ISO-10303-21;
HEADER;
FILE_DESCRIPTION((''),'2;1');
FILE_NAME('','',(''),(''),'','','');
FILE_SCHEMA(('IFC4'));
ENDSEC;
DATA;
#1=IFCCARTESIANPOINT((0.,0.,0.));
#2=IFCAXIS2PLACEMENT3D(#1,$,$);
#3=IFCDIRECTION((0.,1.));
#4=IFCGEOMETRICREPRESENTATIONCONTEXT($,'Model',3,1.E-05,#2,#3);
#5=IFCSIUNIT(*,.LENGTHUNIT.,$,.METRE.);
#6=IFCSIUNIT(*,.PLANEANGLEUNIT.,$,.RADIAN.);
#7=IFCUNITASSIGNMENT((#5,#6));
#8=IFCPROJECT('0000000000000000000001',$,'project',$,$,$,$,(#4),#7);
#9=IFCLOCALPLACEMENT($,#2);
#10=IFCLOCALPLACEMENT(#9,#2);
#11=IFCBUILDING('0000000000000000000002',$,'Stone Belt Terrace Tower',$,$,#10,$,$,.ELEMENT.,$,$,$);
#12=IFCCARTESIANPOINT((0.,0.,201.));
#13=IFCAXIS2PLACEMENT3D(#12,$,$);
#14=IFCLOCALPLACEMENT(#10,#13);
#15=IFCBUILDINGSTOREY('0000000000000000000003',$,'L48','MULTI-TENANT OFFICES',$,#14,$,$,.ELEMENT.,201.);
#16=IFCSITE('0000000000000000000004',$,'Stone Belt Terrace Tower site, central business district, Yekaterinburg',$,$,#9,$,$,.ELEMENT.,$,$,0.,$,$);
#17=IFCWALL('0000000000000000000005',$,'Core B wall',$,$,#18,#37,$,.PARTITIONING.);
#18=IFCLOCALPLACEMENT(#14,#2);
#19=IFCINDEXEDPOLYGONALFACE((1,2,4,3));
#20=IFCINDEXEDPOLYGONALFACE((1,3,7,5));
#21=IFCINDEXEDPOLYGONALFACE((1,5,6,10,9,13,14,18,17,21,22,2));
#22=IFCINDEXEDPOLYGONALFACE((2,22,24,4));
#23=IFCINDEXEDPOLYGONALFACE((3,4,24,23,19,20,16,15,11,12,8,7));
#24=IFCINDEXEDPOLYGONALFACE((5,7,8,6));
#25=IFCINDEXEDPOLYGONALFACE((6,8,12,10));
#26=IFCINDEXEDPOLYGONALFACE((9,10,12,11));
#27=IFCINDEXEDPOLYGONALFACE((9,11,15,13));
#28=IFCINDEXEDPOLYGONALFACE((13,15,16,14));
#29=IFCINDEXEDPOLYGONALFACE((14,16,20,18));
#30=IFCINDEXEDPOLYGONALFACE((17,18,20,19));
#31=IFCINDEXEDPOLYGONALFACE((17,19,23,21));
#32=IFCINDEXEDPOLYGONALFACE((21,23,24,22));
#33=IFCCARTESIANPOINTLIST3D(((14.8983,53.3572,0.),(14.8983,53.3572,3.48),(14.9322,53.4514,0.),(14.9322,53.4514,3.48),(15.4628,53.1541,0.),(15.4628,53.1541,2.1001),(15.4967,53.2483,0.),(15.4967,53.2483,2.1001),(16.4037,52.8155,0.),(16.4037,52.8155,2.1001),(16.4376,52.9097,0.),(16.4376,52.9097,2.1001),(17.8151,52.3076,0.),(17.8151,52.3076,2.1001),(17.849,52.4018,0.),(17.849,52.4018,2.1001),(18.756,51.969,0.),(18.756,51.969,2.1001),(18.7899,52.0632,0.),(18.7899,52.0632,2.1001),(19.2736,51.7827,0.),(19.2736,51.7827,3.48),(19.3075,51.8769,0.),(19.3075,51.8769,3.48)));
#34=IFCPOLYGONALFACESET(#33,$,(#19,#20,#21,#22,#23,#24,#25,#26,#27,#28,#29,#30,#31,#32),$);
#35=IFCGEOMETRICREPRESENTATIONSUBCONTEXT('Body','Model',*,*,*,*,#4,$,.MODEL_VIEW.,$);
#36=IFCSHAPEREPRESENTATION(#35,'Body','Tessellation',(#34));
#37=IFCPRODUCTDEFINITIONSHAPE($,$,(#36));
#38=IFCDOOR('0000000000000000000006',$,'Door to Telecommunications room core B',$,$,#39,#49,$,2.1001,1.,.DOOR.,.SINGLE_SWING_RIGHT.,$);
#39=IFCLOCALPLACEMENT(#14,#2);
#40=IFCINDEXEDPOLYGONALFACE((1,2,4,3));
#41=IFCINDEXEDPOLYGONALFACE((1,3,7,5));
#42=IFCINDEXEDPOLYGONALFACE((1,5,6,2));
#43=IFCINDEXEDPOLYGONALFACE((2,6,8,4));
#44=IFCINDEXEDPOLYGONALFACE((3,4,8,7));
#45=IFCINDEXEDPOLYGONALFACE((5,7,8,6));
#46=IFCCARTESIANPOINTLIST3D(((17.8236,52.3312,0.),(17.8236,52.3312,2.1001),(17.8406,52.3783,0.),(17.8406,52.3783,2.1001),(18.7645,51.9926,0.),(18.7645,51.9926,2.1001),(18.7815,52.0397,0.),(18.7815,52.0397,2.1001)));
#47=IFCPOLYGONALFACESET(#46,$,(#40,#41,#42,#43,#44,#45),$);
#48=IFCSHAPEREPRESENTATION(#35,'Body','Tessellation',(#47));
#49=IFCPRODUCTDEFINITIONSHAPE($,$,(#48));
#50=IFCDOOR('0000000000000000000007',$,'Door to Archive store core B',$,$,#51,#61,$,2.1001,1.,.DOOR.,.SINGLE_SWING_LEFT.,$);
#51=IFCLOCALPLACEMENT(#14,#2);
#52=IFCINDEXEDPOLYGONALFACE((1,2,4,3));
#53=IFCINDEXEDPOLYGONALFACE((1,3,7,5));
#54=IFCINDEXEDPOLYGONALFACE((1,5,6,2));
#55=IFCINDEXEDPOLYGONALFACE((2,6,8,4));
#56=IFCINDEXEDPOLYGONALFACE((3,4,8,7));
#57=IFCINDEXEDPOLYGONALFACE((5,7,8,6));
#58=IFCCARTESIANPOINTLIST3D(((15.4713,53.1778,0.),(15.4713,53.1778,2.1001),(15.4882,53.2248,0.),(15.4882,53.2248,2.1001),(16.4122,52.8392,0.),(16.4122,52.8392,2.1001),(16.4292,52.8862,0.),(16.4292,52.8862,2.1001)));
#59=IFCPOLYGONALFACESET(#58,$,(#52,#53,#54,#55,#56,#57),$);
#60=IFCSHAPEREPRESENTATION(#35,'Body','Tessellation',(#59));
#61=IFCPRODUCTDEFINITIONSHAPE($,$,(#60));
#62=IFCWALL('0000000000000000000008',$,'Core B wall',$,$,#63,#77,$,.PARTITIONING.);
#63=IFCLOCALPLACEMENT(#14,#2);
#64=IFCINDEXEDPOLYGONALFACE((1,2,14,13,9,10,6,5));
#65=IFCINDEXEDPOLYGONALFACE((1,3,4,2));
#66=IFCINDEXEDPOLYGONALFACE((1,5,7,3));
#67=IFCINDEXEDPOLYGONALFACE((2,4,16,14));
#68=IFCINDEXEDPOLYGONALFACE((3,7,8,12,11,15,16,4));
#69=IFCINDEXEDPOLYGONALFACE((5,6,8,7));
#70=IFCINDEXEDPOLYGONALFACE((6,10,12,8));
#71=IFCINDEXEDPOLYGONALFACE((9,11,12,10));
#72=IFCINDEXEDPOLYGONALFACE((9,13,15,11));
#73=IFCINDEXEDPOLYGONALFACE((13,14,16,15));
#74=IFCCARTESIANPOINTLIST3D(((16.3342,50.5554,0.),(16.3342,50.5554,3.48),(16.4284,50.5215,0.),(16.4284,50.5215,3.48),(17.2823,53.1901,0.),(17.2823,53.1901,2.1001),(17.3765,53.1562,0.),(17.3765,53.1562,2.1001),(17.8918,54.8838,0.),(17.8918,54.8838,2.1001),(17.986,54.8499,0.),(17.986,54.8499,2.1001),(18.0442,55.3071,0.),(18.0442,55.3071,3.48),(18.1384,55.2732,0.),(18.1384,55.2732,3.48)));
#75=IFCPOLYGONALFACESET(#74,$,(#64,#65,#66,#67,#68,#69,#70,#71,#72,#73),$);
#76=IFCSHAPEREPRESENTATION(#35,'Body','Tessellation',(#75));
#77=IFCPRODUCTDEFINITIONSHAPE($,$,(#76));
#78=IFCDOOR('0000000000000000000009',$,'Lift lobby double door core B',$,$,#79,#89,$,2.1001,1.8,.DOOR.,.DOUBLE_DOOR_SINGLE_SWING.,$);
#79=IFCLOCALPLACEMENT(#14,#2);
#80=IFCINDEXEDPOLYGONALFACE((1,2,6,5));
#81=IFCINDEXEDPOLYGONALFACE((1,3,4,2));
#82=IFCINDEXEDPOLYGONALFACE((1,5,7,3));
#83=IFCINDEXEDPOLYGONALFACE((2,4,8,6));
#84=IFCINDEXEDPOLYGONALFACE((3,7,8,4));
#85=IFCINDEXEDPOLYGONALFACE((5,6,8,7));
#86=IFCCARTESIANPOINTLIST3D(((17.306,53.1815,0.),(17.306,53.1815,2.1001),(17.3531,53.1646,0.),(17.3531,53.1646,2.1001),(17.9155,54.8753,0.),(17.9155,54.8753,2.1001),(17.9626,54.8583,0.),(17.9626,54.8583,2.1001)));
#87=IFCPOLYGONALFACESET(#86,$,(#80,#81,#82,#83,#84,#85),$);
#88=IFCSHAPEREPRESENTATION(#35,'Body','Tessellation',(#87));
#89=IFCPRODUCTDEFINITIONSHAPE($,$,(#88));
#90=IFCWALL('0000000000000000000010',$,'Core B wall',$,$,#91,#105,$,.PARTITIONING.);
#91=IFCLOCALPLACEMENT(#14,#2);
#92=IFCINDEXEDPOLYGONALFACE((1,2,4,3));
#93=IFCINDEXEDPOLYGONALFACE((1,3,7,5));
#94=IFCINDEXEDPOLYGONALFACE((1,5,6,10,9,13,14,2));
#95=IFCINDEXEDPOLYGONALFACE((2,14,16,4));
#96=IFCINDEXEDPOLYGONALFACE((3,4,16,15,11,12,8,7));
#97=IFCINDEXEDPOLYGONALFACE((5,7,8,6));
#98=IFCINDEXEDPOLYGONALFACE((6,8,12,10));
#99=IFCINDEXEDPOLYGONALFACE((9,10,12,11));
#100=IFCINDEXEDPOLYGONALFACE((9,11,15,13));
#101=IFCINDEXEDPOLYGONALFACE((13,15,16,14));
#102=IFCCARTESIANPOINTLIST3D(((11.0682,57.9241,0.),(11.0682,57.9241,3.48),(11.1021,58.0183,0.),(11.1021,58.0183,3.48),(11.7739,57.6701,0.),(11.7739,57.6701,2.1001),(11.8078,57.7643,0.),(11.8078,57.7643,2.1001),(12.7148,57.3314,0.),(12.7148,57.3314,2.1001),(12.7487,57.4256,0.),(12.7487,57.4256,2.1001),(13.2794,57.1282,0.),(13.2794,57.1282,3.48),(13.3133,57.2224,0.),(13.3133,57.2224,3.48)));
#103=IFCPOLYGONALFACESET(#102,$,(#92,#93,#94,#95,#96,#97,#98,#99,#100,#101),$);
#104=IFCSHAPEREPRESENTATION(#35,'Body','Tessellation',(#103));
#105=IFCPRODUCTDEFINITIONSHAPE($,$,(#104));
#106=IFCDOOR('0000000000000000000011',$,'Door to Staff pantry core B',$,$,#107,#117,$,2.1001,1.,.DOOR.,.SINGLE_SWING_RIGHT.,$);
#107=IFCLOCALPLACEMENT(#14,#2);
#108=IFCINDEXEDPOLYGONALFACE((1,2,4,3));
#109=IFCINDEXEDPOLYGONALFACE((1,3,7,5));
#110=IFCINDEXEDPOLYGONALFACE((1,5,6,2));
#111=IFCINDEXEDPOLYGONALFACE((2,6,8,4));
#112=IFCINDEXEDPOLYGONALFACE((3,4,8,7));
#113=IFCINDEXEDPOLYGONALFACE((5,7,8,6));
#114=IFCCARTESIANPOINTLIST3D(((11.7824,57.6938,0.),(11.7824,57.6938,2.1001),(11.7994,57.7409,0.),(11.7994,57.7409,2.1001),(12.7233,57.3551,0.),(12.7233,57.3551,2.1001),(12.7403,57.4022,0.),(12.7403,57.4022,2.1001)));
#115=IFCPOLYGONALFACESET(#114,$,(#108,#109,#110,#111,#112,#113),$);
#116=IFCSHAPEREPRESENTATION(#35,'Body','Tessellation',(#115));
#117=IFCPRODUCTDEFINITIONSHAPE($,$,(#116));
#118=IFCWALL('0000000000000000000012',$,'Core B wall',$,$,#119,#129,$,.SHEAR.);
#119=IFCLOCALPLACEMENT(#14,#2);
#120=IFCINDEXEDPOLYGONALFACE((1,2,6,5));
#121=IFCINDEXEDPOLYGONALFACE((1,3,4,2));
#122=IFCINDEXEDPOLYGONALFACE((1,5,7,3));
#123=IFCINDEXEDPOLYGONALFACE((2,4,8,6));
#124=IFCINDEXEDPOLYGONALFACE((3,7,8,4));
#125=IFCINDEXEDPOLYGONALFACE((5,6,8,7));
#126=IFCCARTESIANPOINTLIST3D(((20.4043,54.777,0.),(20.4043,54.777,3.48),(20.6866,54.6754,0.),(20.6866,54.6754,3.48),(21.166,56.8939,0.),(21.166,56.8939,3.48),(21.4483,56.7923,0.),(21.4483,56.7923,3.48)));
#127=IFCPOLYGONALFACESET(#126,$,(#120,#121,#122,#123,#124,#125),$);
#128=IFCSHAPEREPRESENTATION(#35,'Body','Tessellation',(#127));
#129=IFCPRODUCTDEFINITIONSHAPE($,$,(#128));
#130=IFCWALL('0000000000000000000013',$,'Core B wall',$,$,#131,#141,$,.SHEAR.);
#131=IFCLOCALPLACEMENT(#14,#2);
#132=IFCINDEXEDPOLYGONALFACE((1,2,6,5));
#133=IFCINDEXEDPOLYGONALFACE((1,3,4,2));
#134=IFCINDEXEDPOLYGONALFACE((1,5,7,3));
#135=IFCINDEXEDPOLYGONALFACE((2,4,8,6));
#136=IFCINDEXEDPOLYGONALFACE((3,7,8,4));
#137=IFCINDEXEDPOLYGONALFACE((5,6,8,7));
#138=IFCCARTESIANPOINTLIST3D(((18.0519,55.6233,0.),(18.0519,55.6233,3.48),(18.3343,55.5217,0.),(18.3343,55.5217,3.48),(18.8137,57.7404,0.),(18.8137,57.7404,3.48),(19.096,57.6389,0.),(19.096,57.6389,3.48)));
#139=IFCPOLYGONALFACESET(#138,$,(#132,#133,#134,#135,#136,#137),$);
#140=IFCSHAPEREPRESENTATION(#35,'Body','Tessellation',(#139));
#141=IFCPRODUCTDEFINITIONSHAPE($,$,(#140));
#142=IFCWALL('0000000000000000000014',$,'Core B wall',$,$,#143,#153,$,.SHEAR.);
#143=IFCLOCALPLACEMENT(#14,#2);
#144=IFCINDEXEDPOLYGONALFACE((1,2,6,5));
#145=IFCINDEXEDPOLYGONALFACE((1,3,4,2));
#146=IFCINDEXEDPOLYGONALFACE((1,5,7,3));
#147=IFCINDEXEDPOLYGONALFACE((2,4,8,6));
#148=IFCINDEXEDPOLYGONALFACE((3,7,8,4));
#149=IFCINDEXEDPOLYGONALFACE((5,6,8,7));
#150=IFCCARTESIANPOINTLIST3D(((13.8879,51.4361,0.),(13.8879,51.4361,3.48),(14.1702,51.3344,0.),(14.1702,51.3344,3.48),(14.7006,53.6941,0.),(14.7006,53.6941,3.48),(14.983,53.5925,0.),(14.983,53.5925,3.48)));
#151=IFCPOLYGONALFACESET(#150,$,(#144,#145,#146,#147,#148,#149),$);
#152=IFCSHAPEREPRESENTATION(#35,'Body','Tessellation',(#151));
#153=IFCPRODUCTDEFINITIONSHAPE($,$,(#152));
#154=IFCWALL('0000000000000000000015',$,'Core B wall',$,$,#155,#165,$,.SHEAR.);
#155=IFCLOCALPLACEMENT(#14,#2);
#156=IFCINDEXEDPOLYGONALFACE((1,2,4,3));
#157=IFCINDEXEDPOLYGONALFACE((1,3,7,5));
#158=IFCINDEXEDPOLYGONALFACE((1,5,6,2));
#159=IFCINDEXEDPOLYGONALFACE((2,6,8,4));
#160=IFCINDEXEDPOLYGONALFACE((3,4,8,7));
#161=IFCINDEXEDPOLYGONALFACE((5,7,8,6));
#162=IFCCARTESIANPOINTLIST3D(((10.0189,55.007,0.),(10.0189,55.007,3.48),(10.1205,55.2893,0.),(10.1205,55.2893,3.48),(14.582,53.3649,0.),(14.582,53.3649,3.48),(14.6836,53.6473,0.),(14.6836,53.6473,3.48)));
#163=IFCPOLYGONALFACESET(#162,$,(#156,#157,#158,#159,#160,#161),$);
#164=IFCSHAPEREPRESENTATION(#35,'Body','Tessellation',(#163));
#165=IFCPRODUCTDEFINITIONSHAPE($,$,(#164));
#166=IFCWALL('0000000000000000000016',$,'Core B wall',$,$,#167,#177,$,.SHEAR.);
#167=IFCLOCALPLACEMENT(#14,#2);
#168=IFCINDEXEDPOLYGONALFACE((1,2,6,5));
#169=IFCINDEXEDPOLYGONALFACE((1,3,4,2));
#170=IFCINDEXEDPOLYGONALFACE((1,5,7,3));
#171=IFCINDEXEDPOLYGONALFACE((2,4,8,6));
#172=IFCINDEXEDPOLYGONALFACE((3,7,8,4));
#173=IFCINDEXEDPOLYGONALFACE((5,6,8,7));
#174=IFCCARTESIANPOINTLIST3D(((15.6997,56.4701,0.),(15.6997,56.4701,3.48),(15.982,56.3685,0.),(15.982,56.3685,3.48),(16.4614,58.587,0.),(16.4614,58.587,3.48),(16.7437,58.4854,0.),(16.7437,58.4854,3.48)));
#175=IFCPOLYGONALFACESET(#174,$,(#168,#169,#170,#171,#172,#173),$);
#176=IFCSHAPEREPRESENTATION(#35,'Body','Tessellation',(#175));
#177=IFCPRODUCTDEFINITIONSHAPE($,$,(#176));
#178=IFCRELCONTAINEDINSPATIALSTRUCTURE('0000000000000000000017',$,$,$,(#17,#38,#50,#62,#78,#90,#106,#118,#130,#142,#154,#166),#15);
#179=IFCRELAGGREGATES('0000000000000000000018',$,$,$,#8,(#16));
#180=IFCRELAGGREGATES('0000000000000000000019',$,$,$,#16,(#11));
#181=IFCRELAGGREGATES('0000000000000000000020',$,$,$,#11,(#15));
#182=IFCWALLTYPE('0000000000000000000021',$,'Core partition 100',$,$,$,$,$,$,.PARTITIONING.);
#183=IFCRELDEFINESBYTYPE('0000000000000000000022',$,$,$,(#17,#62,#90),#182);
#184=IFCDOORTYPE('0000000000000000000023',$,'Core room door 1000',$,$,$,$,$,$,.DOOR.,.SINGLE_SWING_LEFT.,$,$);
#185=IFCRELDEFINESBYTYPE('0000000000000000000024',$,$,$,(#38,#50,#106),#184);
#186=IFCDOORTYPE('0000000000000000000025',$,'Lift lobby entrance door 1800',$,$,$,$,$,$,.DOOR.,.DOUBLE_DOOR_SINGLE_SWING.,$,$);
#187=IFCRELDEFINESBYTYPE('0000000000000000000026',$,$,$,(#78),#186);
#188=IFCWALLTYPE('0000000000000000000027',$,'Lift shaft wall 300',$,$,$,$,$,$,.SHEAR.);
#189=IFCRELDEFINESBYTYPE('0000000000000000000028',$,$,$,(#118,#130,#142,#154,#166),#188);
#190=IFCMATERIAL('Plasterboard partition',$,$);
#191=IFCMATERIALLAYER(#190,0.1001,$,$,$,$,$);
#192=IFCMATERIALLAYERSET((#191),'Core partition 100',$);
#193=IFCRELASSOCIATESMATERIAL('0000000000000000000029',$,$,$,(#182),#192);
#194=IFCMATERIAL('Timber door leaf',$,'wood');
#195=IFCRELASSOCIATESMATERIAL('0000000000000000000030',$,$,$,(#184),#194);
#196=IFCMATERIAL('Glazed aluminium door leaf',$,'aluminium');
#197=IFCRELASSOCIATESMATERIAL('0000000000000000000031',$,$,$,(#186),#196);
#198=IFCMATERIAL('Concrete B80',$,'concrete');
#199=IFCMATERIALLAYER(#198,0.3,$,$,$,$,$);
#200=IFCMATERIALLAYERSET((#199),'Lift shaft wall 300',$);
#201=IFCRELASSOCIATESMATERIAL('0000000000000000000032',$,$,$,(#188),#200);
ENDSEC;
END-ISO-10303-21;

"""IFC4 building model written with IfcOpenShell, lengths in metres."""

from ifc_helpers import new_model, si_unit, direction, frame, frame_2d, origin, place, context, subcontext, project, spatial, rectangle, extrude, material, layer, layer_set, type_object, element, fill, save


model = new_model("IFC4")

# Units and contexts
model_context = context("Model", 3, precision=1e-05, world=origin(), true_north=direction((0.0, 1.0)))
body_context = subcontext(model_context, "Body", "Model", "MODEL_VIEW")
ifc_project = project(units=[si_unit("LENGTHUNIT", "METRE"), si_unit("PLANEANGLEUNIT", "RADIAN")], contexts=[model_context])

# Site, building, storey
site_placement = place(None, origin())
site = spatial("IfcSite", under=ifc_project, at=site_placement, Name="Stone Belt Terrace Tower site, central business district, Yekaterinburg", CompositionType="ELEMENT", RefElevation=0.0)
building_placement = place(site_placement, origin())
building = spatial("IfcBuilding", under=site, at=building_placement, Name="Stone Belt Terrace Tower", CompositionType="ELEMENT")
storey_placement = place(building_placement, frame((0.0, 0.0, 201.0)))
storey = spatial("IfcBuildingStorey", under=building, at=storey_placement, Name="L48", Description="MULTI-TENANT OFFICES", CompositionType="ELEMENT", Elevation=201.0)

# Wall, openings, doors
ifc_material_1 = material(Name="Plasterboard partition")
ifc_layer_1 = layer(ifc_material_1, 0.1001)
ifc_layer_set_1 = layer_set([ifc_layer_1], Name="Core partition 100")
wall_type_1 = type_object("IfcWallType", Name="Core partition 100", PredefinedType="PARTITIONING", material=ifc_layer_set_1)
wall_1_placement = place(storey_placement, frame((19.2905, 51.8298, 0.0), z_axis=(0.0, 0.0, 1.0), x_axis=(-0.94093, 0.3386, 0.0)))
wall_1 = element("IfcWall", 1, at=wall_1_placement, inside=storey, type_object=wall_type_1, Name="Core B wall", PredefinedType="PARTITIONING", context=body_context, shape_type="SweptSolid", body=[
    extrude(rectangle(XDim=4.6499, YDim=0.1001, at=frame_2d((2.325, 0.0))), origin(), (0.0, 0.0, 1.0), 3.48),
])
opening_1_placement = place(wall_1_placement, frame((0.55, 0.0, 0.0)))
opening_1 = element("IfcOpeningElement", 2, at=opening_1_placement, cuts=wall_1, PredefinedType="OPENING", context=body_context, shape_type="SweptSolid", body=[
    extrude(rectangle(XDim=1.0, YDim=2.1001, at=frame_2d((0.5, 1.05))), frame((0.0, 0.0601, 0.0), z_axis=(0.0, -1.0, 0.0), x_axis=(1.0, 0.0, 0.0)), (0.0, 0.0, 1.0), 0.1201),
])
opening_2_placement = place(wall_1_placement, frame((3.05, 0.0, 0.0)))
opening_2 = element("IfcOpeningElement", 3, at=opening_2_placement, cuts=wall_1, PredefinedType="OPENING", context=body_context, shape_type="SweptSolid", body=[
    extrude(rectangle(XDim=1.0, YDim=2.1001, at=frame_2d((0.5, 1.05))), frame((0.0, 0.0601, 0.0), z_axis=(0.0, -1.0, 0.0), x_axis=(1.0, 0.0, 0.0)), (0.0, 0.0, 1.0), 0.1201),
])
ifc_material_2 = material(Name="Timber door leaf", Category="wood")
door_type_1 = type_object("IfcDoorType", Name="Core room door 1000", OperationType="SINGLE_SWING_LEFT", PredefinedType="DOOR", material=ifc_material_2)
door_1_placement = place(opening_1_placement, origin())
door_1 = element("IfcDoor", 4, at=door_1_placement, inside=storey, type_object=door_type_1, Name="Door to Telecommunications room core B", OperationType="SINGLE_SWING_RIGHT", OverallHeight=2.1001, OverallWidth=1.0, PredefinedType="DOOR", context=body_context, shape_type="SweptSolid", body=[
    extrude(rectangle(XDim=1.0, YDim=2.1001, at=frame_2d((0.5, 1.05))), frame((0.0, 0.0249, 0.0), z_axis=(0.0, -1.0, 0.0), x_axis=(1.0, 0.0, 0.0)), (0.0, 0.0, 1.0), 0.05),
])
fill(opening_1, door_1)
door_2_placement = place(opening_2_placement, origin())
door_2 = element("IfcDoor", 5, at=door_2_placement, inside=storey, type_object=door_type_1, Name="Door to Archive store core B", OperationType="SINGLE_SWING_LEFT", OverallHeight=2.1001, OverallWidth=1.0, PredefinedType="DOOR", context=body_context, shape_type="SweptSolid", body=[
    extrude(rectangle(XDim=1.0, YDim=2.1001, at=frame_2d((0.5, 1.05))), frame((0.0, 0.0249, 0.0), z_axis=(0.0, -1.0, 0.0), x_axis=(1.0, 0.0, 0.0)), (0.0, 0.0, 1.0), 0.05),
])
fill(opening_2, door_2)

# Walls, openings, doors
wall_2_placement = place(storey_placement, frame((16.3813, 50.5386, 0.0), z_axis=(0.0, 0.0, 1.0), x_axis=(0.338605, 0.940929, 0.0)))
wall_2 = element("IfcWall", 6, at=wall_2_placement, inside=storey, type_object=wall_type_1, Name="Core B wall", PredefinedType="PARTITIONING", context=body_context, shape_type="SweptSolid", body=[
    extrude(rectangle(XDim=5.05, YDim=0.1001, at=frame_2d((2.5249, 0.0))), origin(), (0.0, 0.0, 1.0), 3.48),
])
opening_3_placement = place(wall_2_placement, frame((2.8, 0.0, 0.0)))
opening_3 = element("IfcOpeningElement", 7, at=opening_3_placement, cuts=wall_2, PredefinedType="OPENING", context=body_context, shape_type="SweptSolid", body=[
    extrude(rectangle(XDim=1.8, YDim=2.1001, at=frame_2d((0.8999, 1.05))), frame((0.0, 0.0601, 0.0), z_axis=(0.0, -1.0, 0.0), x_axis=(1.0, 0.0, 0.0)), (0.0, 0.0, 1.0), 0.1201),
])
ifc_material_3 = material(Name="Glazed aluminium door leaf", Category="aluminium")
door_type_2 = type_object("IfcDoorType", Name="Lift lobby entrance door 1800", OperationType="DOUBLE_DOOR_SINGLE_SWING", PredefinedType="DOOR", material=ifc_material_3)
door_3_placement = place(opening_3_placement, origin())
door_3 = element("IfcDoor", 8, at=door_3_placement, inside=storey, type_object=door_type_2, Name="Lift lobby double door core B", OperationType="DOUBLE_DOOR_SINGLE_SWING", OverallHeight=2.1001, OverallWidth=1.8, PredefinedType="DOOR", context=body_context, shape_type="SweptSolid", body=[
    extrude(rectangle(XDim=1.8, YDim=2.1001, at=frame_2d((0.8999, 1.05))), frame((0.0, 0.0249, 0.0), z_axis=(0.0, -1.0, 0.0), x_axis=(1.0, 0.0, 0.0)), (0.0, 0.0, 1.0), 0.05),
])
fill(opening_3, door_3)
wall_3_placement = place(storey_placement, frame((13.2964, 57.1753, 0.0), z_axis=(0.0, 0.0, 1.0), x_axis=(-0.940905, 0.338672, 0.0)))
wall_3 = element("IfcWall", 9, at=wall_3_placement, inside=storey, type_object=wall_type_1, Name="Core B wall", PredefinedType="PARTITIONING", context=body_context, shape_type="SweptSolid", body=[
    extrude(rectangle(XDim=2.3501, YDim=0.1001, at=frame_2d((1.175, 0.0))), origin(), (0.0, 0.0, 1.0), 3.48),
])
opening_4_placement = place(wall_3_placement, frame((0.6001, 0.0, 0.0)))
opening_4 = element("IfcOpeningElement", 10, at=opening_4_placement, cuts=wall_3, PredefinedType="OPENING", context=body_context, shape_type="SweptSolid", body=[
    extrude(rectangle(XDim=1.0, YDim=2.1001, at=frame_2d((0.5, 1.05))), frame((0.0, 0.0601, 0.0), z_axis=(0.0, -1.0, 0.0), x_axis=(1.0, 0.0, 0.0)), (0.0, 0.0, 1.0), 0.1201),
])
door_4_placement = place(opening_4_placement, origin())
door_4 = element("IfcDoor", 11, at=door_4_placement, inside=storey, type_object=door_type_1, Name="Door to Staff pantry core B", OperationType="SINGLE_SWING_RIGHT", OverallHeight=2.1001, OverallWidth=1.0, PredefinedType="DOOR", context=body_context, shape_type="SweptSolid", body=[
    extrude(rectangle(XDim=1.0, YDim=2.1001, at=frame_2d((0.5, 1.05))), frame((0.0, 0.0249, 0.0), z_axis=(0.0, -1.0, 0.0), x_axis=(1.0, 0.0, 0.0)), (0.0, 0.0, 1.0), 0.05),
])
fill(opening_4, door_4)

# Walls
ifc_material_4 = material(Name="Concrete B80", Category="concrete")
ifc_layer_2 = layer(ifc_material_4, 0.3)
ifc_layer_set_2 = layer_set([ifc_layer_2], Name="Lift shaft wall 300")
wall_type_2 = type_object("IfcWallType", Name="Lift shaft wall 300", PredefinedType="SHEAR", material=ifc_layer_set_2)
wall_4_placement = place(storey_placement, frame((20.5454, 54.7261, 0.0), z_axis=(0.0, 0.0, 1.0), x_axis=(0.33857, 0.940941, 0.0)))
element("IfcWall", 12, at=wall_4_placement, inside=storey, type_object=wall_type_2, Name="Core B wall", PredefinedType="SHEAR", context=body_context, shape_type="SweptSolid", body=[
    extrude(rectangle(XDim=2.2498, YDim=0.3, at=frame_2d((1.125, 0.0))), origin(), (0.0, 0.0, 1.0), 3.48),
])
wall_5_placement = place(storey_placement, frame((18.1931, 55.5725, 0.0), z_axis=(0.0, 0.0, 1.0), x_axis=(0.338535, 0.940954, 0.0)))
element("IfcWall", 13, at=wall_5_placement, inside=storey, type_object=wall_type_2, Name="Core B wall", PredefinedType="SHEAR", context=body_context, shape_type="SweptSolid", body=[
    extrude(rectangle(XDim=2.25, YDim=0.3, at=frame_2d((1.125, 0.0))), origin(), (0.0, 0.0, 1.0), 3.48),
])
wall_6_placement = place(storey_placement, frame((14.0291, 51.3853, 0.0), z_axis=(0.0, 0.0, 1.0), x_axis=(0.338662, 0.940908, 0.0)))
element("IfcWall", 14, at=wall_6_placement, inside=storey, type_object=wall_type_2, Name="Core B wall", PredefinedType="SHEAR", context=body_context, shape_type="SweptSolid", body=[
    extrude(rectangle(XDim=2.3999, YDim=0.3, at=frame_2d((1.2, 0.0))), origin(), (0.0, 0.0, 1.0), 3.48),
])
wall_7_placement = place(storey_placement, frame((14.6328, 53.5061, 0.0), z_axis=(0.0, 0.0, 1.0), x_axis=(-0.940932, 0.338596, 0.0)))
element("IfcWall", 15, at=wall_7_placement, inside=storey, type_object=wall_type_2, Name="Core B wall", PredefinedType="SHEAR", context=body_context, shape_type="SweptSolid", body=[
    extrude(rectangle(XDim=4.8496, YDim=0.3, at=frame_2d((2.4248, 0.0))), origin(), (0.0, 0.0, 1.0), 3.48),
])
wall_8_placement = place(storey_placement, frame((15.8408, 56.4192, 0.0), z_axis=(0.0, 0.0, 1.0), x_axis=(0.33857, 0.940941, 0.0)))
element("IfcWall", 16, at=wall_8_placement, inside=storey, type_object=wall_type_2, Name="Core B wall", PredefinedType="SHEAR", context=body_context, shape_type="SweptSolid", body=[
    extrude(rectangle(XDim=2.2498, YDim=0.3, at=frame_2d((1.125, 0.0))), origin(), (0.0, 0.0, 1.0), 3.48),
])

save(model, "model.ifc")
